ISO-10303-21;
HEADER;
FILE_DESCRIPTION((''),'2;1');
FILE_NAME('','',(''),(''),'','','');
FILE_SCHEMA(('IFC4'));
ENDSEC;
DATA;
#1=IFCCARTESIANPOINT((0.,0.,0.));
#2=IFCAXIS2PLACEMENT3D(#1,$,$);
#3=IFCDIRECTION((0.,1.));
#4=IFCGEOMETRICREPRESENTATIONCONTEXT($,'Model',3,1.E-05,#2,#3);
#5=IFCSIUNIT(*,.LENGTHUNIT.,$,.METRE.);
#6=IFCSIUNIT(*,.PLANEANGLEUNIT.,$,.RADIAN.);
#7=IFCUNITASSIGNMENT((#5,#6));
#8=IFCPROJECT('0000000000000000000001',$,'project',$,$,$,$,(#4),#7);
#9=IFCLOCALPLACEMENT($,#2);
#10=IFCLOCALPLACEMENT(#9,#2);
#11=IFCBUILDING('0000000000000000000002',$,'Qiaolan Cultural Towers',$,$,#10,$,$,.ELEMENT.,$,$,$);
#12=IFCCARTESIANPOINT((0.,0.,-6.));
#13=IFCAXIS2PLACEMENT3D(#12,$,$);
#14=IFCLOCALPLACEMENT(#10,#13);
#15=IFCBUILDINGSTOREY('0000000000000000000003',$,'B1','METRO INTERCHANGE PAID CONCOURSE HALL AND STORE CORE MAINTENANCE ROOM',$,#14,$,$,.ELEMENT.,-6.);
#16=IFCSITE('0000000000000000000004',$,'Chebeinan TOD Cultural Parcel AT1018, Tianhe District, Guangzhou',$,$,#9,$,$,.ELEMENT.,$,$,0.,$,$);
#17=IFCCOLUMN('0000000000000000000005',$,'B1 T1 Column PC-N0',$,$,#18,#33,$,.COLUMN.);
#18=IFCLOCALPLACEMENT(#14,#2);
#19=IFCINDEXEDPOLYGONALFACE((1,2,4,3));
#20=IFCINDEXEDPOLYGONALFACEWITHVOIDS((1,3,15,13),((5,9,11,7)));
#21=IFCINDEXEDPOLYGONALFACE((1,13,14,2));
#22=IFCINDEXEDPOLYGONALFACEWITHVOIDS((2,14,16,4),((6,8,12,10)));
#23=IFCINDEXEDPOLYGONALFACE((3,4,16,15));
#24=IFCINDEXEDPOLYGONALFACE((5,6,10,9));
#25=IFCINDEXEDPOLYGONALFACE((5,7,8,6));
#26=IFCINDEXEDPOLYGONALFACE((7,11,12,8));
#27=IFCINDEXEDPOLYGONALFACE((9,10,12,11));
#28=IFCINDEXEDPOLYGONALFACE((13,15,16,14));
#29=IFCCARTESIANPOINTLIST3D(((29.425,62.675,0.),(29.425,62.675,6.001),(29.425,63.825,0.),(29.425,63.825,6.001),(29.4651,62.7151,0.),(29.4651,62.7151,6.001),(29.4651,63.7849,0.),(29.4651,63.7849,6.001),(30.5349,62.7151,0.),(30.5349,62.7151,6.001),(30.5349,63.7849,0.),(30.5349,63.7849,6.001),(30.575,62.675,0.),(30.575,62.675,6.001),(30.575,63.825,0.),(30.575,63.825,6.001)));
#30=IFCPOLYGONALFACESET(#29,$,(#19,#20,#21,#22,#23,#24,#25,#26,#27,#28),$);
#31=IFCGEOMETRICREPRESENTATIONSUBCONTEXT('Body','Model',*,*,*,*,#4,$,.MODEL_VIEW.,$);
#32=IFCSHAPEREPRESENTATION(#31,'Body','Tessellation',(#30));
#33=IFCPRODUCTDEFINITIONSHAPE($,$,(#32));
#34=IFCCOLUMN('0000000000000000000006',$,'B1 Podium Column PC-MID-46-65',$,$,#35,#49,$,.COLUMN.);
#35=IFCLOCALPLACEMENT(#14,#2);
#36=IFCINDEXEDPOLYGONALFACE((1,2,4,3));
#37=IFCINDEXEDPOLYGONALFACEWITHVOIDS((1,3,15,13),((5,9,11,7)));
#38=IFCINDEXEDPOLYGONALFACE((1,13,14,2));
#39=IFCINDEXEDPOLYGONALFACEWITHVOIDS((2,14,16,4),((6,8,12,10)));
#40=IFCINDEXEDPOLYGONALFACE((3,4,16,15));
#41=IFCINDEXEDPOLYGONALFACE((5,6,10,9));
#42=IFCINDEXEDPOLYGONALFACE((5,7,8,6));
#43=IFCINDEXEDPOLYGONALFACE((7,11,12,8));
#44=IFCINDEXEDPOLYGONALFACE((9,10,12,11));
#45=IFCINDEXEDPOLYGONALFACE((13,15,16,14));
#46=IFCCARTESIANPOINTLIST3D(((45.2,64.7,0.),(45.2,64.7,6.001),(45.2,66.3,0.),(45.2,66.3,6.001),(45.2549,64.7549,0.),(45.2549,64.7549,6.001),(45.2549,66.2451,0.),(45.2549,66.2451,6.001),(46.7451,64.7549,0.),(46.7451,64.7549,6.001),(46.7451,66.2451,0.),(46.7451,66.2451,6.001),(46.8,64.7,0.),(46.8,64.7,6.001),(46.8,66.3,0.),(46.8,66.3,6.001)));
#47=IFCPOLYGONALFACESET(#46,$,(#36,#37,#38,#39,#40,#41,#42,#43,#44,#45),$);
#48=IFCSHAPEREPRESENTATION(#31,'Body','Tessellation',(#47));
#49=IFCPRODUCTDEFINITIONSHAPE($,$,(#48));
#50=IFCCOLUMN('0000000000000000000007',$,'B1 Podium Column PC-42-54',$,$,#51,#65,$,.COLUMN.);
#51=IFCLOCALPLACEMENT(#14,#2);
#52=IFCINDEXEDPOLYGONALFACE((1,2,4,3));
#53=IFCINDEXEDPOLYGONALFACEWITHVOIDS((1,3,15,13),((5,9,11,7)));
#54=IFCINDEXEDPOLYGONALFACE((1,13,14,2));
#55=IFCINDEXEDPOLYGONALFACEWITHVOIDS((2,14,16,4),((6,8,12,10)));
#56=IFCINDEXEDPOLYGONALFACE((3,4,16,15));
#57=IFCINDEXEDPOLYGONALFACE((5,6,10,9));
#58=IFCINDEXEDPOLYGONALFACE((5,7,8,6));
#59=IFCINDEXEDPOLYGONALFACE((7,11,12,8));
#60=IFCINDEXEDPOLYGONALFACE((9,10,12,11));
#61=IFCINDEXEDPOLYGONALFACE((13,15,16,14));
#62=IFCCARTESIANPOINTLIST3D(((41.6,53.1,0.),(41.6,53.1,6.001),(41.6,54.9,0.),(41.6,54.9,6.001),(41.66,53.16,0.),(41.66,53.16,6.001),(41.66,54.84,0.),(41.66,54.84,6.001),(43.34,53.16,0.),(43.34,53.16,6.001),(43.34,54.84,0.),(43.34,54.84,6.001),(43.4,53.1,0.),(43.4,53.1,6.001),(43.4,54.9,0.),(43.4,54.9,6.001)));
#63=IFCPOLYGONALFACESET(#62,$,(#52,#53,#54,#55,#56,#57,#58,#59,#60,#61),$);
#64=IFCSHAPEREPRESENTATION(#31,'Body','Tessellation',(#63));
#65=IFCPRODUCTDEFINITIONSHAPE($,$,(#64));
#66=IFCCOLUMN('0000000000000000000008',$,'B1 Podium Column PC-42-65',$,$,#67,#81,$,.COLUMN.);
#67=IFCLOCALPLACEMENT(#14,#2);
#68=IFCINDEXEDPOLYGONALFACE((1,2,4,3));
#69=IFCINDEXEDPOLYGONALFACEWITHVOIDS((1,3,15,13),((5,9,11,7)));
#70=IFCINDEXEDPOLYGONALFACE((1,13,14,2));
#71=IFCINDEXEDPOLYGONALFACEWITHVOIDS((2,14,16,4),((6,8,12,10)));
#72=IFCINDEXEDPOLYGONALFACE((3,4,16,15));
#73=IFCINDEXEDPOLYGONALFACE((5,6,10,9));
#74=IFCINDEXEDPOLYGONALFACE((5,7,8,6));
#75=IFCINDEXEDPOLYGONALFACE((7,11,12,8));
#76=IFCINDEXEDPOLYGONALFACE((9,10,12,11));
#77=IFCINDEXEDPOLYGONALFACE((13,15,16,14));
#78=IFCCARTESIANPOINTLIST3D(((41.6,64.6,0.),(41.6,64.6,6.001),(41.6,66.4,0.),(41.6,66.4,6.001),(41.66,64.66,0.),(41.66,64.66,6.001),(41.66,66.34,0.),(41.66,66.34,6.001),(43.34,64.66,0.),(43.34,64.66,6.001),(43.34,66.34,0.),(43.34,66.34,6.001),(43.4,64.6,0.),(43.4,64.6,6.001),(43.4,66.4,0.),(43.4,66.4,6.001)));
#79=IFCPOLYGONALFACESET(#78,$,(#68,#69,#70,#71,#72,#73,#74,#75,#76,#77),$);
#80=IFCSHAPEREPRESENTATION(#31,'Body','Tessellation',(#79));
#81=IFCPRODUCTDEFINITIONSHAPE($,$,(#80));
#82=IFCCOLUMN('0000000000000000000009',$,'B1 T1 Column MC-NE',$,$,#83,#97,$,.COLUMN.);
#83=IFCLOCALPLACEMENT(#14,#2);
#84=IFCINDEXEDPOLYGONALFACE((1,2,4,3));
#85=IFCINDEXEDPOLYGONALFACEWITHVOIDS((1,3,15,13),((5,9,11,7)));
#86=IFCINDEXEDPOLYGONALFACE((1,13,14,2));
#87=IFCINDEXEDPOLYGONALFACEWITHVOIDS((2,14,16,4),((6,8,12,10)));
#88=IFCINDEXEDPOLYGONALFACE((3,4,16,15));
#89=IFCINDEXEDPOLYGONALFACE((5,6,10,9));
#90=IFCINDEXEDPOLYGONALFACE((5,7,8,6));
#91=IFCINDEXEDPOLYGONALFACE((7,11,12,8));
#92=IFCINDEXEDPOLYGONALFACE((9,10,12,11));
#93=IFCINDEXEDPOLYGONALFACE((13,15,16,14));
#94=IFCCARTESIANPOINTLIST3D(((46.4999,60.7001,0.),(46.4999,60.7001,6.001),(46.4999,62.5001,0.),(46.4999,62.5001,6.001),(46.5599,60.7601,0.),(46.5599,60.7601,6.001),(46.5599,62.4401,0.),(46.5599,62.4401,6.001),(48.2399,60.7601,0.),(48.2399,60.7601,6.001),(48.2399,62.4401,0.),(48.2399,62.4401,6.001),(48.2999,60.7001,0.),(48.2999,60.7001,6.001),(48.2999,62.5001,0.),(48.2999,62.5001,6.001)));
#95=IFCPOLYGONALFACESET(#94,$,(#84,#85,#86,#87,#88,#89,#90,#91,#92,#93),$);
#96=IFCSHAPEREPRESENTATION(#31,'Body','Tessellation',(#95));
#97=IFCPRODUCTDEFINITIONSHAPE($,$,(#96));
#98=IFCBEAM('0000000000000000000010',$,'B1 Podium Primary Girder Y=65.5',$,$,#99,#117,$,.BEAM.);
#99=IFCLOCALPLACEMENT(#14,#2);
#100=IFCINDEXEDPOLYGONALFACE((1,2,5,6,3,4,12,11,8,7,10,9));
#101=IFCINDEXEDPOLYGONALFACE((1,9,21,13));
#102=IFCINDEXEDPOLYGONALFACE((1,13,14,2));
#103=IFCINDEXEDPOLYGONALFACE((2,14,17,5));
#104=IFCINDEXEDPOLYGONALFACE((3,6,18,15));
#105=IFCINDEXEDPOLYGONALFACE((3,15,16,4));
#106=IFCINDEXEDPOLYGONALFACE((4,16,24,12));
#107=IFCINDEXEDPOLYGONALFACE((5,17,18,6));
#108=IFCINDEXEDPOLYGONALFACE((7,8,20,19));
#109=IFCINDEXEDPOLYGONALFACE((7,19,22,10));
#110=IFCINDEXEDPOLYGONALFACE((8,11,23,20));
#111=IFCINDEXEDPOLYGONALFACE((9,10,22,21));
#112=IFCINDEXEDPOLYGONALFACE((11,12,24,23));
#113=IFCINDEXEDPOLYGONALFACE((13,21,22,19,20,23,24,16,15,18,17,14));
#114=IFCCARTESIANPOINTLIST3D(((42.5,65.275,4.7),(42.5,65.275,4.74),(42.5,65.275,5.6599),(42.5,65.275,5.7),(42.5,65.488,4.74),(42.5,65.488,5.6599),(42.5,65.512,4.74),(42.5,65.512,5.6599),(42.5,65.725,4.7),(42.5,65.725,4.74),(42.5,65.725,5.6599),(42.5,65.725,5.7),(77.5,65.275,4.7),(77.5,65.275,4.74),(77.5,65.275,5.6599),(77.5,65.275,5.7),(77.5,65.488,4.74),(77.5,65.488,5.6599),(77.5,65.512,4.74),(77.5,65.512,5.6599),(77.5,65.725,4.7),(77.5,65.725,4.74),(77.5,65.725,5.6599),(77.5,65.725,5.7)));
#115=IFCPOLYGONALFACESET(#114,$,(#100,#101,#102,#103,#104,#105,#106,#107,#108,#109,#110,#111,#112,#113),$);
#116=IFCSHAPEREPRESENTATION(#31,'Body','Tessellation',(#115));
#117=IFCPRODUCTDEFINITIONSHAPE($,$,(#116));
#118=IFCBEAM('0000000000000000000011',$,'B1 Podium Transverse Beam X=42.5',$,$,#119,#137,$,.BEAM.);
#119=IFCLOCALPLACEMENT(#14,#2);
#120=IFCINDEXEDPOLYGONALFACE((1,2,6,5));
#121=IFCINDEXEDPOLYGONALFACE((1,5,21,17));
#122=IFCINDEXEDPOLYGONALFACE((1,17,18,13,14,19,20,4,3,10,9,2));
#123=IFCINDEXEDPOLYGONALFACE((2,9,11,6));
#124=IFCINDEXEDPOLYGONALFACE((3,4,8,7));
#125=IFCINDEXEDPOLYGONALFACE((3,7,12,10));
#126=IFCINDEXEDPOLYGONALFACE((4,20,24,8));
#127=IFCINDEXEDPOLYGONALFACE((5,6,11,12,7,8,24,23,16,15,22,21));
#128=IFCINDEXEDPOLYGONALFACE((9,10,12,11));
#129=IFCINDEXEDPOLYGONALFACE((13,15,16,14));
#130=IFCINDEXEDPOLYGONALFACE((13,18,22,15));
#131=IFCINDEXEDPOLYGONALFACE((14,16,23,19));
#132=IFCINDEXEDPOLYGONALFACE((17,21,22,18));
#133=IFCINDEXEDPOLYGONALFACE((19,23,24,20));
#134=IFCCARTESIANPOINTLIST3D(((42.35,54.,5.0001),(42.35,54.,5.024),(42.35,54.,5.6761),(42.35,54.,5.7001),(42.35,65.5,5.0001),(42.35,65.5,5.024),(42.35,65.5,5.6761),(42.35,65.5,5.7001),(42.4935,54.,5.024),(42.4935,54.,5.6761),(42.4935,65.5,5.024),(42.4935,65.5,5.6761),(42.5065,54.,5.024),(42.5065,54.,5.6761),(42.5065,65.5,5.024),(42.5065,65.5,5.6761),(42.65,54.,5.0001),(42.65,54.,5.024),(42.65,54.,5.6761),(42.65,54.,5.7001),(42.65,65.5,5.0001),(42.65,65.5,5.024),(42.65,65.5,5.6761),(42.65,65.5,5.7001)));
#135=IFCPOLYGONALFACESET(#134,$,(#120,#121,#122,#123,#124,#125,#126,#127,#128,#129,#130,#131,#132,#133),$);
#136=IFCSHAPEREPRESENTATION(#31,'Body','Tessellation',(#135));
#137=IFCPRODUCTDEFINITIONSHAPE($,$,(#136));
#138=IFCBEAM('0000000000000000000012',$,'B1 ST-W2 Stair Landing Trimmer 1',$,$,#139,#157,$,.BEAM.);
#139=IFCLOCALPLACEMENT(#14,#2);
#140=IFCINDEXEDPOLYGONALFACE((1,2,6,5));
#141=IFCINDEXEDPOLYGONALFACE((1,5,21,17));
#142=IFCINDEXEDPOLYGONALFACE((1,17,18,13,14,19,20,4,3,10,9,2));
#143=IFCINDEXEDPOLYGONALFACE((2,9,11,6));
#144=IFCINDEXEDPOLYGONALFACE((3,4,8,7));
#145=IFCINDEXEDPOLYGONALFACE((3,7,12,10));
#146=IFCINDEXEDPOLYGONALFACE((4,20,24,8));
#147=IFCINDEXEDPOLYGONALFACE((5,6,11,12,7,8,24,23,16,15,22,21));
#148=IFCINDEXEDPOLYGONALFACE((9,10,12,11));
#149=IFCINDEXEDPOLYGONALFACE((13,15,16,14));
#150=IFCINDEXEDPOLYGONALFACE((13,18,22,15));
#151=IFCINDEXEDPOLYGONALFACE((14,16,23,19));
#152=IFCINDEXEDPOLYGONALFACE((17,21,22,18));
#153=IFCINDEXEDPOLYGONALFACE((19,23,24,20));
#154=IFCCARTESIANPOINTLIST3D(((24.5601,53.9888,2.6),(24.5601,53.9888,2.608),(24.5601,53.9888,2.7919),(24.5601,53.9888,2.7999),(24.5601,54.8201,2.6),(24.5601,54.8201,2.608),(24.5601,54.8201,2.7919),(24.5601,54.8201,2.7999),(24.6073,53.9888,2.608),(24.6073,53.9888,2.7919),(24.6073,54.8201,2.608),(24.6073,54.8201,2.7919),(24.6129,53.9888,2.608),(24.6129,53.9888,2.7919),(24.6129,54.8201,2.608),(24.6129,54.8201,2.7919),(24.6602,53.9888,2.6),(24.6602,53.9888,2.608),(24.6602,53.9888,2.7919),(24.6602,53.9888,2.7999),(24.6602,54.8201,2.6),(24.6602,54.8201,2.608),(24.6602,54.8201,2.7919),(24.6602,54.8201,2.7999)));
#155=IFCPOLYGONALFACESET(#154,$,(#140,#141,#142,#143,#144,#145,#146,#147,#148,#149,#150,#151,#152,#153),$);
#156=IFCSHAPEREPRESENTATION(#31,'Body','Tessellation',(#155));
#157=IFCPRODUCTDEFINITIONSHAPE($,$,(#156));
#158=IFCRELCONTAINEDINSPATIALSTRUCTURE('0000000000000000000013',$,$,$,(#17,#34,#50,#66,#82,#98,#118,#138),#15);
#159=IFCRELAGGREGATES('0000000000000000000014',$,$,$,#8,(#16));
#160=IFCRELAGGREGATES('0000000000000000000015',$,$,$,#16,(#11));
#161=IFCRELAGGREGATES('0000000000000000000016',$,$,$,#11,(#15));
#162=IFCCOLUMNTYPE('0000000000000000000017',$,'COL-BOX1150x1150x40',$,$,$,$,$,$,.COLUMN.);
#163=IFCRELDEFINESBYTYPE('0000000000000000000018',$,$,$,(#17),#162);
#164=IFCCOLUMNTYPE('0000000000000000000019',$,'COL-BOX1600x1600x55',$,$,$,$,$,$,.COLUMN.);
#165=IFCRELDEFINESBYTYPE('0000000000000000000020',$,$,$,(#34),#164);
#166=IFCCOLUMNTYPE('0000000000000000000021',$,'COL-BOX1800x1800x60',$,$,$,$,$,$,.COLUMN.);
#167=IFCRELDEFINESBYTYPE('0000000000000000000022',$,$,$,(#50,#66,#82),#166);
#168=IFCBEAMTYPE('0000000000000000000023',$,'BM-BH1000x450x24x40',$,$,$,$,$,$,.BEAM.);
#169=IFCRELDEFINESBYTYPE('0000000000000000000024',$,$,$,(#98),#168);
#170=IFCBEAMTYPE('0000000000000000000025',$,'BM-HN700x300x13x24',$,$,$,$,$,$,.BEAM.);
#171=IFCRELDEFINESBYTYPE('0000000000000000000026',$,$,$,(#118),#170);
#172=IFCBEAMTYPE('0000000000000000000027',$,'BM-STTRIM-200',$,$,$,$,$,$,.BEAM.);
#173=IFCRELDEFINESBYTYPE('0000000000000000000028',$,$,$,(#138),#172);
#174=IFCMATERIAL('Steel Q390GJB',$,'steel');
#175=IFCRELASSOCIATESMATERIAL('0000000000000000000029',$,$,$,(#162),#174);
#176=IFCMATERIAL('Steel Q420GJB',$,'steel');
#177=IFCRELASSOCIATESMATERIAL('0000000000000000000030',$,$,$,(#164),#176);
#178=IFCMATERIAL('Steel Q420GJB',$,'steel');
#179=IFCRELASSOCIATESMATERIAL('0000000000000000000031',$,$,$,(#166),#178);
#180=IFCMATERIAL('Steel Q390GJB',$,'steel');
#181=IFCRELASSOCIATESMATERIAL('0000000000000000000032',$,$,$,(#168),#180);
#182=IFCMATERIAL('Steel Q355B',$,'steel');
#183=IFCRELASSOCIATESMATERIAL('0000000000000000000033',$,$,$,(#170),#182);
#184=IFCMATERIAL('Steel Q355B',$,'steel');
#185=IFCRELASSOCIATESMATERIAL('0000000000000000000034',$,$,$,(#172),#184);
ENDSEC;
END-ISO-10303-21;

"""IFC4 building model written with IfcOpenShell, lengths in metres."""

from ifc_helpers import new_model, si_unit, direction, frame, origin, origin_2d, place, context, subcontext, project, spatial, hollow_rectangle, i_section, extrude, material, material_profile, profile_set, type_object, element, save


model = new_model("IFC4")

# Units and contexts
model_context = context("Model", 3, precision=1e-05, world=origin(), true_north=direction((0.0, 1.0)))
body_context = subcontext(model_context, "Body", "Model", "MODEL_VIEW")
ifc_project = project(units=[si_unit("LENGTHUNIT", "METRE"), si_unit("PLANEANGLEUNIT", "RADIAN")], contexts=[model_context])

# Site, building, storey
site_placement = place(None, origin())
site = spatial("IfcSite", under=ifc_project, at=site_placement, Name="Chebeinan TOD Cultural Parcel AT1018, Tianhe District, Guangzhou", CompositionType="ELEMENT", RefElevation=0.0)
building_placement = place(site_placement, origin())
building = spatial("IfcBuilding", under=site, at=building_placement, Name="Qiaolan Cultural Towers", CompositionType="ELEMENT")
storey_placement = place(building_placement, frame((0.0, 0.0, -6.0)))
storey = spatial("IfcBuildingStorey", under=building, at=storey_placement, Name="B1", Description="METRO INTERCHANGE PAID CONCOURSE HALL AND STORE CORE MAINTENANCE ROOM", CompositionType="ELEMENT", Elevation=-6.0)

# Columns
ifc_material_1 = material(Name="Steel Q390GJB", Category="steel")
ifc_material_profile_1 = material_profile(ifc_material_1, hollow_rectangle(XDim=1.1499, YDim=1.1499, WallThickness=0.04, at=origin_2d()), Name="BOX1150x1150x40")
ifc_profile_set_1 = profile_set([ifc_material_profile_1], Name="Steel Q390GJB")
column_type_1 = type_object("IfcColumnType", Name="COL-BOX1150x1150x40", PredefinedType="COLUMN", material=ifc_profile_set_1)
column_1_placement = place(storey_placement, frame((30.0, 63.25, 0.0), z_axis=(0.0, 0.0, 1.0), x_axis=(1.0, 0.0, 0.0)))
element("IfcColumn", 1, at=column_1_placement, inside=storey, type_object=column_type_1, Name="B1 T1 Column PC-N0", PredefinedType="COLUMN", context=body_context, shape_type="SweptSolid", body=[
    extrude(hollow_rectangle(XDim=1.1499, YDim=1.1499, WallThickness=0.04, at=origin_2d()), origin(), (0.0, 0.0, 1.0), 6.001),
])
ifc_material_2 = material(Name="Steel Q420GJB", Category="steel")
ifc_material_profile_2 = material_profile(ifc_material_2, hollow_rectangle(XDim=1.6001, YDim=1.6001, WallThickness=0.0549, at=origin_2d()), Name="BOX1600x1600x55")
ifc_profile_set_2 = profile_set([ifc_material_profile_2], Name="Steel Q420GJB")
column_type_2 = type_object("IfcColumnType", Name="COL-BOX1600x1600x55", PredefinedType="COLUMN", material=ifc_profile_set_2)
column_2_placement = place(storey_placement, frame((46.0, 65.5, 0.0), z_axis=(0.0, 0.0, 1.0), x_axis=(1.0, 0.0, 0.0)))
element("IfcColumn", 2, at=column_2_placement, inside=storey, type_object=column_type_2, Name="B1 Podium Column PC-MID-46-65", PredefinedType="COLUMN", context=body_context, shape_type="SweptSolid", body=[
    extrude(hollow_rectangle(XDim=1.6001, YDim=1.6001, WallThickness=0.0549, at=origin_2d()), origin(), (0.0, 0.0, 1.0), 6.001),
])
ifc_material_3 = material(Name="Steel Q420GJB", Category="steel")
ifc_material_profile_3 = material_profile(ifc_material_3, hollow_rectangle(XDim=1.8, YDim=1.8, WallThickness=0.0601, at=origin_2d()), Name="BOX1800x1800x60")
ifc_profile_set_3 = profile_set([ifc_material_profile_3], Name="Steel Q420GJB")
column_type_3 = type_object("IfcColumnType", Name="COL-BOX1800x1800x60", PredefinedType="COLUMN", material=ifc_profile_set_3)
for number, where, z_axis, x_axis, name in (
    (3, (42.5, 54.0, 0.0), (0.0, 0.0, 1.0), (1.0, 0.0, 0.0), "B1 Podium Column PC-42-54"),
    (4, (42.5, 65.5, 0.0), (0.0, 0.0, 1.0), (1.0, 0.0, 0.0), "B1 Podium Column PC-42-65"),
    (5, (47.3999, 61.6001, 0.0), (0.0, 0.0, 1.0), (1.0, 0.0, 0.0), "B1 T1 Column MC-NE"),
):
    element("IfcColumn", number, at=place(storey_placement, frame(where, z_axis=z_axis, x_axis=x_axis)), inside=storey, type_object=column_type_3, Name=name, PredefinedType="COLUMN", context=body_context, shape_type="SweptSolid", body=[
        extrude(hollow_rectangle(XDim=1.8, YDim=1.8, WallThickness=0.0601, at=origin_2d()), origin(), (0.0, 0.0, 1.0), 6.001),
    ])

# Beams
ifc_material_4 = material(Name="Steel Q390GJB", Category="steel")
ifc_material_profile_4 = material_profile(ifc_material_4, i_section(OverallWidth=0.45, OverallDepth=1.0, WebThickness=0.0239, FlangeThickness=0.04, at=origin_2d()), Name="BH1000x450x24x40")
ifc_profile_set_4 = profile_set([ifc_material_profile_4], Name="Steel Q390GJB")
beam_type_1 = type_object("IfcBeamType", Name="BM-BH1000x450x24x40", PredefinedType="BEAM", material=ifc_profile_set_4)
beam_1_placement = place(storey_placement, frame((42.5, 65.5, 5.2), z_axis=(1.0, 0.0, 0.0), x_axis=(0.0, 1.0, 0.0)))
element("IfcBeam", 6, at=beam_1_placement, inside=storey, type_object=beam_type_1, Name="B1 Podium Primary Girder Y=65.5", PredefinedType="BEAM", context=body_context, shape_type="SweptSolid", body=[
    extrude(i_section(OverallWidth=0.45, OverallDepth=1.0, WebThickness=0.0239, FlangeThickness=0.04, at=origin_2d()), origin(), (0.0, 0.0, 1.0), 35.0),
])
ifc_material_5 = material(Name="Steel Q355B", Category="steel")
ifc_material_profile_5 = material_profile(ifc_material_5, i_section(OverallWidth=0.3, OverallDepth=0.7, WebThickness=0.0129, FlangeThickness=0.0239, at=origin_2d()), Name="HN700x300x13x24")
ifc_profile_set_5 = profile_set([ifc_material_profile_5], Name="Steel Q355B")
beam_type_2 = type_object("IfcBeamType", Name="BM-HN700x300x13x24", PredefinedType="BEAM", material=ifc_profile_set_5)
beam_2_placement = place(storey_placement, frame((42.5, 54.0, 5.3501), z_axis=(0.0, 1.0, 0.0), x_axis=(-1.0, 0.0, 0.0)))
element("IfcBeam", 7, at=beam_2_placement, inside=storey, type_object=beam_type_2, Name="B1 Podium Transverse Beam X=42.5", PredefinedType="BEAM", context=body_context, shape_type="SweptSolid", body=[
    extrude(i_section(OverallWidth=0.3, OverallDepth=0.7, WebThickness=0.0129, FlangeThickness=0.0239, at=origin_2d()), origin(), (0.0, 0.0, 1.0), 11.5),
])
ifc_material_6 = material(Name="Steel Q355B", Category="steel")
ifc_material_profile_6 = material_profile(ifc_material_6, i_section(OverallWidth=0.1001, OverallDepth=0.2, WebThickness=0.0056, FlangeThickness=0.0081, at=origin_2d()), Name="HN200x100x5.5x8")
ifc_profile_set_6 = profile_set([ifc_material_profile_6], Name="Steel Q355B")
beam_type_3 = type_object("IfcBeamType", Name="BM-STTRIM-200", PredefinedType="BEAM", material=ifc_profile_set_6)
beam_3_placement = place(storey_placement, frame((24.6101, 53.9888, 2.7), z_axis=(0.0, 1.0, 0.0), x_axis=(-1.0, 0.0, 0.0)))
element("IfcBeam", 8, at=beam_3_placement, inside=storey, type_object=beam_type_3, Name="B1 ST-W2 Stair Landing Trimmer 1", PredefinedType="BEAM", context=body_context, shape_type="SweptSolid", body=[
    extrude(i_section(OverallWidth=0.1001, OverallDepth=0.2, WebThickness=0.0056, FlangeThickness=0.0081, at=origin_2d()), origin(), (0.0, 0.0, 1.0), 0.8313),
])

save(model, "model.ifc")
